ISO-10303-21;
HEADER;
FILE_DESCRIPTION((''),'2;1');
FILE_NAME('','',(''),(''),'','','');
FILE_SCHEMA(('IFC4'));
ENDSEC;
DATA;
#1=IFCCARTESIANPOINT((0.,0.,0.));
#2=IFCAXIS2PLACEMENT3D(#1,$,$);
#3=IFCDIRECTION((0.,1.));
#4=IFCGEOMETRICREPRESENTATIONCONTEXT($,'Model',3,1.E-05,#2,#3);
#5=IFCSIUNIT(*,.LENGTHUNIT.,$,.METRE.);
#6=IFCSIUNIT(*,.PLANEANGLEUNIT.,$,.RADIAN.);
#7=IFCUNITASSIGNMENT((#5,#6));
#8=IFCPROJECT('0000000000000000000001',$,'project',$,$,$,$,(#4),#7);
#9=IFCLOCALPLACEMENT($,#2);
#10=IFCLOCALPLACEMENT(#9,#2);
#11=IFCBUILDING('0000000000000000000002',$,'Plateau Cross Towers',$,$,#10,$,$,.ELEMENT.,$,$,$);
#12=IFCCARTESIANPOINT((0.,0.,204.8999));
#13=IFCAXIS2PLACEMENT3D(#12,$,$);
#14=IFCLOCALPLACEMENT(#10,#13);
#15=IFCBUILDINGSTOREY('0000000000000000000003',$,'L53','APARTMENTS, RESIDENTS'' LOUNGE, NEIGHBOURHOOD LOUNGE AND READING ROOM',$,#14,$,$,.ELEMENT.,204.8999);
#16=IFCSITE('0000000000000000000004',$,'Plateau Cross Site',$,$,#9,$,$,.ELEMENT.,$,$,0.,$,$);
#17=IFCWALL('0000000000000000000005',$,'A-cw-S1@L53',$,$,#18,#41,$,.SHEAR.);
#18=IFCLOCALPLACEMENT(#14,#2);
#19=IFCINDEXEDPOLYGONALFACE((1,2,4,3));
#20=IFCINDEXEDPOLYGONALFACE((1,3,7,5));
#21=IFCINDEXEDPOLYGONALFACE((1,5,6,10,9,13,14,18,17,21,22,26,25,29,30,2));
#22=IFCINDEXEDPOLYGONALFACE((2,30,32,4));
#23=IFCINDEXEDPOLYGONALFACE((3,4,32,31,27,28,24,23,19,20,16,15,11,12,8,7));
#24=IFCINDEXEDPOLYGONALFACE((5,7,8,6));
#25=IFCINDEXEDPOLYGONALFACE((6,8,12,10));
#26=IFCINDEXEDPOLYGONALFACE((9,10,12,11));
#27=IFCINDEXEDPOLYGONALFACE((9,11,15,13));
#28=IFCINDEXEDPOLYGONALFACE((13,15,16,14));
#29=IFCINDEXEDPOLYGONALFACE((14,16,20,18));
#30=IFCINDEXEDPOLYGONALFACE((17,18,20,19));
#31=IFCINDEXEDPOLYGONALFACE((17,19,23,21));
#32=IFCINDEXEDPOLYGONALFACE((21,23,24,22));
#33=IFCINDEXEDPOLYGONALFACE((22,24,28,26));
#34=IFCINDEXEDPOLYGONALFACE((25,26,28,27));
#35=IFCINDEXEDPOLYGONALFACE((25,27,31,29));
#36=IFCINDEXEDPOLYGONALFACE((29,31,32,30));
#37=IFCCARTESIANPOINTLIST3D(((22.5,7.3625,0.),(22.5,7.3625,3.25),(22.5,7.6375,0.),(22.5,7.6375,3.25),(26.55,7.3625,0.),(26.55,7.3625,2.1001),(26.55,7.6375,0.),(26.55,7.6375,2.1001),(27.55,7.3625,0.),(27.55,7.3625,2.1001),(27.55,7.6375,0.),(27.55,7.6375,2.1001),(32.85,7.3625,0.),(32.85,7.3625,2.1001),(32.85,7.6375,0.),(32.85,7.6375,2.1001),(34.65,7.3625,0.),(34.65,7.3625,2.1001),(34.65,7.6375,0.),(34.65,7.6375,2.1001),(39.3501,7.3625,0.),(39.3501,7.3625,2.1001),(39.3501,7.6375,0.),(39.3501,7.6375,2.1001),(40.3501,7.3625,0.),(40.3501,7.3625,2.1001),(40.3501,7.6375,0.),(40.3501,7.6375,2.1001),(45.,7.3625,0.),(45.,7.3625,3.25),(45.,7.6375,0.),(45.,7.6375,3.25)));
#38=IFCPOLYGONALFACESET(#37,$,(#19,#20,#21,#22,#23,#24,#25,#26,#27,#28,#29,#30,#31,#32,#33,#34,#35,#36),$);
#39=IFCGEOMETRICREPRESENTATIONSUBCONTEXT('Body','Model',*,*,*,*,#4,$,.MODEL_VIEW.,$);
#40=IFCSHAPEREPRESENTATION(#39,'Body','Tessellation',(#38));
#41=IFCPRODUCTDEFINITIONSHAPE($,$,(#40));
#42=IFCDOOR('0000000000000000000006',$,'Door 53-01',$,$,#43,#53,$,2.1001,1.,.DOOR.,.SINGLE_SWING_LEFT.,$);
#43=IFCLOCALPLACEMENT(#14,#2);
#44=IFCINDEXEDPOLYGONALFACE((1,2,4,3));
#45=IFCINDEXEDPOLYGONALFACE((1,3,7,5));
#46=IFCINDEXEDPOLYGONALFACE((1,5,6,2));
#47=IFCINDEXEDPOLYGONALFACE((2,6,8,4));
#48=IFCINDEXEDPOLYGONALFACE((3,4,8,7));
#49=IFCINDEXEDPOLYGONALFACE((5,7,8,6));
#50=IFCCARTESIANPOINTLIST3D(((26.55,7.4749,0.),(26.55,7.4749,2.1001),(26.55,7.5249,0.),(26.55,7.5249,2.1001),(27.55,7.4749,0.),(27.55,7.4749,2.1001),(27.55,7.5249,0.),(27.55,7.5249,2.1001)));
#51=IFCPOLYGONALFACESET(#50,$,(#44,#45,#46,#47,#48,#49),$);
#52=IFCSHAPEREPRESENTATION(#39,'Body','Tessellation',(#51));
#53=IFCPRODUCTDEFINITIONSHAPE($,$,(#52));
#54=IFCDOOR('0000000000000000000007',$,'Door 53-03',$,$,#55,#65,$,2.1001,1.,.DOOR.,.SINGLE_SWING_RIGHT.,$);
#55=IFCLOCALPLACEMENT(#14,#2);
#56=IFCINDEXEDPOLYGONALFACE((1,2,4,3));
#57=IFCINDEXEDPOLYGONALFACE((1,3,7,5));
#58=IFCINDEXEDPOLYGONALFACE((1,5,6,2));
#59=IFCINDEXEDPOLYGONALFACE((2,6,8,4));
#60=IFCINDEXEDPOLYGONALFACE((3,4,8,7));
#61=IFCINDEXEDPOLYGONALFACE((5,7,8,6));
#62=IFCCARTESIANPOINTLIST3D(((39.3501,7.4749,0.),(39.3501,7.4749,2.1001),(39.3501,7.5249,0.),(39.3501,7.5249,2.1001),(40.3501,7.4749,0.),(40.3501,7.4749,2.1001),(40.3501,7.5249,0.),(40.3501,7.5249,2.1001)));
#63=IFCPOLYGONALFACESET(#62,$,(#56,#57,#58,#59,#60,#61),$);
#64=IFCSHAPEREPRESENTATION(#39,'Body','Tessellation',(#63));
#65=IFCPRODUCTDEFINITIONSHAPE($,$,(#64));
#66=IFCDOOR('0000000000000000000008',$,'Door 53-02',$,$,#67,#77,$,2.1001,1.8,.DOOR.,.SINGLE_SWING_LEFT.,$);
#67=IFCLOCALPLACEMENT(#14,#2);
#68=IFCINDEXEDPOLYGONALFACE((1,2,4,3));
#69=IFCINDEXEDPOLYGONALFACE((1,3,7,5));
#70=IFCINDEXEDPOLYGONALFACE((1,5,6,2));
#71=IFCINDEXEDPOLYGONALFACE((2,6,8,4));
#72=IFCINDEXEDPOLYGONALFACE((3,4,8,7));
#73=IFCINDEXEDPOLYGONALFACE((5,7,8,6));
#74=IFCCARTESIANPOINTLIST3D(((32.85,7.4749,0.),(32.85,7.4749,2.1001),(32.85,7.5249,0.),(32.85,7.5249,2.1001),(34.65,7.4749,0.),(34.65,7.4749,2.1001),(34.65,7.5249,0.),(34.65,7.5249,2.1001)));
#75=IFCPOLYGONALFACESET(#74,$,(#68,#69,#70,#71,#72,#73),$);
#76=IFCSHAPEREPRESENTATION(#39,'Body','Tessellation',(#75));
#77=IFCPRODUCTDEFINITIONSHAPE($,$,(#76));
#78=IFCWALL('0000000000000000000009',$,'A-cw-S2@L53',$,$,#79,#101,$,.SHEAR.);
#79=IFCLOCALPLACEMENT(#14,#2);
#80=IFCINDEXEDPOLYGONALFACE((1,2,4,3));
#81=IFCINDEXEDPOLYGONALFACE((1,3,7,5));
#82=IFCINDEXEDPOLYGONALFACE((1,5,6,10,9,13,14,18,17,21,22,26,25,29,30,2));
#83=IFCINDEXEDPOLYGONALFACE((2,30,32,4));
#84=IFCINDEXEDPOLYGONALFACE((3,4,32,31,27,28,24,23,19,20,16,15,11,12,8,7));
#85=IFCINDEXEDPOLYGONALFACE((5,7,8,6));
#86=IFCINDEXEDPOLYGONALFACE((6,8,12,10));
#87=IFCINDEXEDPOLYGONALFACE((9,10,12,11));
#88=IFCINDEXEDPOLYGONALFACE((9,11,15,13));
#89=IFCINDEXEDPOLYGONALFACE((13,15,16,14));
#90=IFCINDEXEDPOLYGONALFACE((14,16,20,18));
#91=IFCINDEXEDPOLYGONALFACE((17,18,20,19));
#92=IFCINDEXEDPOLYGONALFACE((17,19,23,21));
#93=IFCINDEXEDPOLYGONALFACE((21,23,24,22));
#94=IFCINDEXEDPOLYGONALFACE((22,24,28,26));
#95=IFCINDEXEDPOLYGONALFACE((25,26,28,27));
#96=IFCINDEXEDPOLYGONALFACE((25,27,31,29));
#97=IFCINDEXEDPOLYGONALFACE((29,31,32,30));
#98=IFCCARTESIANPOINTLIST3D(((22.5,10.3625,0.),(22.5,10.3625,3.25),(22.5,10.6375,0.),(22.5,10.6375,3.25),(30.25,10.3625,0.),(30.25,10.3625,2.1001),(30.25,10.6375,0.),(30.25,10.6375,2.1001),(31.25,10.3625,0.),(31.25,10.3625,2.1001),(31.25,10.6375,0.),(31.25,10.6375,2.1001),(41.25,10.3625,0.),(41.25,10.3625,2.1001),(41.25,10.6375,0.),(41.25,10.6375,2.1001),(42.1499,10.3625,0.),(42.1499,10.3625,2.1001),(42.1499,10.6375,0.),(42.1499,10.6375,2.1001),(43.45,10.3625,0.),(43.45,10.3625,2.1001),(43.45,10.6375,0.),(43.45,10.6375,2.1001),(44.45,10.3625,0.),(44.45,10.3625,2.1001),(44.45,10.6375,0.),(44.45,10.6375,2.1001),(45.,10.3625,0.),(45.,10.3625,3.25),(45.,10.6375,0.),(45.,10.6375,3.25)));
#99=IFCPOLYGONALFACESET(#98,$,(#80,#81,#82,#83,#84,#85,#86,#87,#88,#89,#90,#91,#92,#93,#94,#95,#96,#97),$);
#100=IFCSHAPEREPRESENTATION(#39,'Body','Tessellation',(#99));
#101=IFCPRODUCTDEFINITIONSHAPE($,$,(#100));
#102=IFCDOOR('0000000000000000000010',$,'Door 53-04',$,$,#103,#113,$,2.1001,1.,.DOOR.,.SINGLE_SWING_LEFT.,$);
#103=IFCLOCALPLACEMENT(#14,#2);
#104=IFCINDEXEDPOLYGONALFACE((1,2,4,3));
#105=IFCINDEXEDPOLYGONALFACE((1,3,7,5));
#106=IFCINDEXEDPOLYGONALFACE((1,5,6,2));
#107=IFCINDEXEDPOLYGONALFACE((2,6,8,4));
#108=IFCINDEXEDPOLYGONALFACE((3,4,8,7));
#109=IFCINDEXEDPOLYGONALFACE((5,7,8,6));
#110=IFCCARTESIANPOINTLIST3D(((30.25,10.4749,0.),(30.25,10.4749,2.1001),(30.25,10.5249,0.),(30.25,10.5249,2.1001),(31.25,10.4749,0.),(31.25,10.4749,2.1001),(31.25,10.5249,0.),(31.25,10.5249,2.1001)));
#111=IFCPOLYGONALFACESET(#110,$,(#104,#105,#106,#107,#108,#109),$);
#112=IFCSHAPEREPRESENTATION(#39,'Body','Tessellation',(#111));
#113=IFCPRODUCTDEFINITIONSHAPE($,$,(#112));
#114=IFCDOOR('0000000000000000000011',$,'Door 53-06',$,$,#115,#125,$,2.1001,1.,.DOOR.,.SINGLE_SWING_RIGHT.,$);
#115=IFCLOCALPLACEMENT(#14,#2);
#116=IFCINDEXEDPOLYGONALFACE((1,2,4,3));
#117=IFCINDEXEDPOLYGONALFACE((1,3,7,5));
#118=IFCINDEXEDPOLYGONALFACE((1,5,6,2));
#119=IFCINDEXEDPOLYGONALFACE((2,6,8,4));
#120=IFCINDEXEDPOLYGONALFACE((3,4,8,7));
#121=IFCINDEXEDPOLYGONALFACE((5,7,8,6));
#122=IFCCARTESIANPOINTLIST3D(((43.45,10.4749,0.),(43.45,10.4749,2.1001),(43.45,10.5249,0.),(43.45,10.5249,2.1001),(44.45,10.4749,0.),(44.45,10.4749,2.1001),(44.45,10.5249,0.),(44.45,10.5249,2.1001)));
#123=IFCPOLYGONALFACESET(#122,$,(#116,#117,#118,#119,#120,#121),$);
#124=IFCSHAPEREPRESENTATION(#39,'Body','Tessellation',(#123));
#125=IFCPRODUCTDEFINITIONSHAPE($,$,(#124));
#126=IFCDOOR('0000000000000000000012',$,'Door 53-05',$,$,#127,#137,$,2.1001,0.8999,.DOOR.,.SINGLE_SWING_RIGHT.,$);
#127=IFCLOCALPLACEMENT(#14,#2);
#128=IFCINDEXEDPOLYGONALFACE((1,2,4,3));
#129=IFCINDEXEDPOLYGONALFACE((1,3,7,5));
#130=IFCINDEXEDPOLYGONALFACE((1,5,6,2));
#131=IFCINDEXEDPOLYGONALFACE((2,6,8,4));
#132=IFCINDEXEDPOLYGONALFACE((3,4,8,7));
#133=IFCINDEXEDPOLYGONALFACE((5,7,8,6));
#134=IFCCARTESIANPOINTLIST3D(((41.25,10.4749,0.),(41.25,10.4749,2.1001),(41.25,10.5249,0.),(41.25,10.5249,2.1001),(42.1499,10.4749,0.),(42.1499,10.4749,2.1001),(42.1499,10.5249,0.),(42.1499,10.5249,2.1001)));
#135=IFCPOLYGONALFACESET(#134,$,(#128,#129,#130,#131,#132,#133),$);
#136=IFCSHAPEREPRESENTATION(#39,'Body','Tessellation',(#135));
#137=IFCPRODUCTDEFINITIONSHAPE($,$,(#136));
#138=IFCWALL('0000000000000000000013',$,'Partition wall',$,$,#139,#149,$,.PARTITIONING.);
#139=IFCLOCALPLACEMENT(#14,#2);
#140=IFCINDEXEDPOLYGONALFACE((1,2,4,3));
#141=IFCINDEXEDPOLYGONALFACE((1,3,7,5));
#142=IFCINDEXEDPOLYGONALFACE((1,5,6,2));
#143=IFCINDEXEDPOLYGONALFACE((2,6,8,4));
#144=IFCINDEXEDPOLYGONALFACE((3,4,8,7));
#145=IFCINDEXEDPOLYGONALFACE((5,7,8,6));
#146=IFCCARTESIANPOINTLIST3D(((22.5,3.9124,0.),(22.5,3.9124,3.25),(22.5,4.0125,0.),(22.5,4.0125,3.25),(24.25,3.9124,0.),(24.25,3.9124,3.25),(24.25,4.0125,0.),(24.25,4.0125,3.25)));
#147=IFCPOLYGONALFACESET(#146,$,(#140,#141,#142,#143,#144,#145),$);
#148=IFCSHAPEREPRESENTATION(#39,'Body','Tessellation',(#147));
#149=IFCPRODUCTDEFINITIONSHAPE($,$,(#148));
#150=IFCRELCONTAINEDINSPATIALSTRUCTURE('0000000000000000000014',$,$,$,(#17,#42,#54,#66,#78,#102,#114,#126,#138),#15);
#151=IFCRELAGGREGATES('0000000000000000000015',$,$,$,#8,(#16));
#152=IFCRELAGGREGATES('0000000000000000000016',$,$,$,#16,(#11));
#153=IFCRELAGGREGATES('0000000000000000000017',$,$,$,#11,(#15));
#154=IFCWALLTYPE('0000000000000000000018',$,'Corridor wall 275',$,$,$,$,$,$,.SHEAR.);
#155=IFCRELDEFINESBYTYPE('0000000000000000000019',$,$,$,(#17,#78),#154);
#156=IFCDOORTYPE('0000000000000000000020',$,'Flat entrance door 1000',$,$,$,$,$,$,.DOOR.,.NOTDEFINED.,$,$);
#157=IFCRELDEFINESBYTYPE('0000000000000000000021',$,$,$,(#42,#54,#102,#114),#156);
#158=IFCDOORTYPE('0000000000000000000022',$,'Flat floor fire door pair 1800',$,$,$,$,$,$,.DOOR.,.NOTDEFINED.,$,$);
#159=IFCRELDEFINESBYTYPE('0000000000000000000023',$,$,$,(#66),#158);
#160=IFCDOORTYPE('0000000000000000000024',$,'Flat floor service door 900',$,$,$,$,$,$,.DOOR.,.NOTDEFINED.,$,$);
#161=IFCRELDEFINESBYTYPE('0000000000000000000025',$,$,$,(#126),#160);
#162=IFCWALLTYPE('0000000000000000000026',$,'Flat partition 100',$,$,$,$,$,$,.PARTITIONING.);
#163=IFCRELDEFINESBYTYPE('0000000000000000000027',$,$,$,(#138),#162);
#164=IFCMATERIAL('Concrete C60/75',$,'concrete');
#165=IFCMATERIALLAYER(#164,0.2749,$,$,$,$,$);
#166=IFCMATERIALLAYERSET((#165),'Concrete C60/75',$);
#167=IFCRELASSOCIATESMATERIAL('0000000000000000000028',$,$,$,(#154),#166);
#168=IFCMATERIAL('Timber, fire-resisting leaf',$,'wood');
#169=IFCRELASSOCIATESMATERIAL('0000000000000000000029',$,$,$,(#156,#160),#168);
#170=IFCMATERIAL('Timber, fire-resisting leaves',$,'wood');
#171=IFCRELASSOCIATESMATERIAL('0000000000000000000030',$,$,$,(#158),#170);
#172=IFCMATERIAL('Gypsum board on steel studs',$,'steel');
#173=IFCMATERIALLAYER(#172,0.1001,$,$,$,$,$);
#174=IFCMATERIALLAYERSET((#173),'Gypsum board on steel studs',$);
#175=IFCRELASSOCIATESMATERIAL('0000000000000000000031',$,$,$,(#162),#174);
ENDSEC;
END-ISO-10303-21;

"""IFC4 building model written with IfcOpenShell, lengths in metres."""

from ifc_helpers import new_model, si_unit, direction, frame, frame_2d, origin, place, context, subcontext, project, spatial, rectangle, extrude, material, layer, layer_set, type_object, element, fill, save


model = new_model("IFC4")

# Units and contexts
model_context = context("Model", 3, precision=1e-05, world=origin(), true_north=direction((0.0, 1.0)))
body_context = subcontext(model_context, "Body", "Model", "MODEL_VIEW")
ifc_project = project(units=[si_unit("LENGTHUNIT", "METRE"), si_unit("PLANEANGLEUNIT", "RADIAN")], contexts=[model_context])

# Site, building, storey
site_placement = place(None, origin())
site = spatial("IfcSite", under=ifc_project, at=site_placement, Name="Plateau Cross Site", CompositionType="ELEMENT", RefElevation=0.0)
building_placement = place(site_placement, origin())
building = spatial("IfcBuilding", under=site, at=building_placement, Name="Plateau Cross Towers", CompositionType="ELEMENT")
storey_placement = place(building_placement, frame((0.0, 0.0, 204.8999)))
storey = spatial("IfcBuildingStorey", under=building, at=storey_placement, Name="L53", Description="APARTMENTS, RESIDENTS' LOUNGE, NEIGHBOURHOOD LOUNGE AND READING ROOM", CompositionType="ELEMENT", Elevation=204.8999)

# Shared definitions
ifc_material_1 = material(Name="Concrete C60/75", Category="concrete")

# Walls, openings, doors
ifc_layer_1 = layer(ifc_material_1, 0.2749)
ifc_layer_set_1 = layer_set([ifc_layer_1], Name="Concrete C60/75")
wall_type_1 = type_object("IfcWallType", Name="Corridor wall 275", PredefinedType="SHEAR", material=ifc_layer_set_1)
wall_1_placement = place(storey_placement, frame((22.5, 7.5, 0.0), z_axis=(0.0, 0.0, 1.0), x_axis=(1.0, 0.0, 0.0)))
wall_1 = element("IfcWall", 1, at=wall_1_placement, inside=storey, type_object=wall_type_1, Name="A-cw-S1@L53", PredefinedType="SHEAR", context=body_context, shape_type="SweptSolid", body=[
    extrude(rectangle(XDim=22.5, YDim=0.2749, at=frame_2d((11.25, 0.0))), origin(), (0.0, 0.0, 1.0), 3.25),
])
opening_1_placement = place(wall_1_placement, frame((4.05, 0.0, 0.0)))
opening_1 = element("IfcOpeningElement", 2, at=opening_1_placement, cuts=wall_1, PredefinedType="OPENING", context=body_context, shape_type="SweptSolid", body=[
    extrude(rectangle(XDim=1.0, YDim=2.1001, at=frame_2d((0.5, 1.05))), frame((0.0, 0.1475, 0.0), z_axis=(0.0, -1.0, 0.0), x_axis=(1.0, 0.0, 0.0)), (0.0, 0.0, 1.0), 0.2949),
])
opening_2_placement = place(wall_1_placement, frame((10.3501, 0.0, 0.0)))
opening_2 = element("IfcOpeningElement", 3, at=opening_2_placement, cuts=wall_1, PredefinedType="OPENING", context=body_context, shape_type="SweptSolid", body=[
    extrude(rectangle(XDim=1.8, YDim=2.1001, at=frame_2d((0.8999, 1.05))), frame((0.0, 0.1475, 0.0), z_axis=(0.0, -1.0, 0.0), x_axis=(1.0, 0.0, 0.0)), (0.0, 0.0, 1.0), 0.2949),
])
opening_3_placement = place(wall_1_placement, frame((16.8501, 0.0, 0.0)))
opening_3 = element("IfcOpeningElement", 4, at=opening_3_placement, cuts=wall_1, PredefinedType="OPENING", context=body_context, shape_type="SweptSolid", body=[
    extrude(rectangle(XDim=1.0, YDim=2.1001, at=frame_2d((0.5, 1.05))), frame((0.0, 0.1475, 0.0), z_axis=(0.0, -1.0, 0.0), x_axis=(1.0, 0.0, 0.0)), (0.0, 0.0, 1.0), 0.2949),
])
ifc_material_2 = material(Name="Timber, fire-resisting leaf", Category="wood")
door_type_1 = type_object("IfcDoorType", Name="Flat entrance door 1000", OperationType="NOTDEFINED", PredefinedType="DOOR", material=ifc_material_2)
door_1_placement = place(opening_1_placement, origin())
door_1 = element("IfcDoor", 5, at=door_1_placement, inside=storey, type_object=door_type_1, Name="Door 53-01", OperationType="SINGLE_SWING_LEFT", OverallHeight=2.1001, OverallWidth=1.0, PredefinedType="DOOR", context=body_context, shape_type="SweptSolid", body=[
    extrude(rectangle(XDim=1.0, YDim=2.1001, at=frame_2d((0.5, 1.05))), frame((0.0, 0.0249, 0.0), z_axis=(0.0, -1.0, 0.0), x_axis=(1.0, 0.0, 0.0)), (0.0, 0.0, 1.0), 0.05),
])
fill(opening_1, door_1)
door_2_placement = place(opening_3_placement, origin())
door_2 = element("IfcDoor", 6, at=door_2_placement, inside=storey, type_object=door_type_1, Name="Door 53-03", OperationType="SINGLE_SWING_RIGHT", OverallHeight=2.1001, OverallWidth=1.0, PredefinedType="DOOR", context=body_context, shape_type="SweptSolid", body=[
    extrude(rectangle(XDim=1.0, YDim=2.1001, at=frame_2d((0.5, 1.05))), frame((0.0, 0.0249, 0.0), z_axis=(0.0, -1.0, 0.0), x_axis=(1.0, 0.0, 0.0)), (0.0, 0.0, 1.0), 0.05),
])
fill(opening_3, door_2)
ifc_material_3 = material(Name="Timber, fire-resisting leaves", Category="wood")
door_type_2 = type_object("IfcDoorType", Name="Flat floor fire door pair 1800", OperationType="NOTDEFINED", PredefinedType="DOOR", material=ifc_material_3)
door_3_placement = place(opening_2_placement, origin())
door_3 = element("IfcDoor", 7, at=door_3_placement, inside=storey, type_object=door_type_2, Name="Door 53-02", OperationType="SINGLE_SWING_LEFT", OverallHeight=2.1001, OverallWidth=1.8, PredefinedType="DOOR", context=body_context, shape_type="SweptSolid", body=[
    extrude(rectangle(XDim=1.8, YDim=2.1001, at=frame_2d((0.8999, 1.05))), frame((0.0, 0.0249, 0.0), z_axis=(0.0, -1.0, 0.0), x_axis=(1.0, 0.0, 0.0)), (0.0, 0.0, 1.0), 0.05),
])
fill(opening_2, door_3)
wall_2_placement = place(storey_placement, frame((22.5, 10.5, 0.0), z_axis=(0.0, 0.0, 1.0), x_axis=(1.0, 0.0, 0.0)))
wall_2 = element("IfcWall", 8, at=wall_2_placement, inside=storey, type_object=wall_type_1, Name="A-cw-S2@L53", PredefinedType="SHEAR", context=body_context, shape_type="SweptSolid", body=[
    extrude(rectangle(XDim=22.5, YDim=0.2749, at=frame_2d((11.25, 0.0))), origin(), (0.0, 0.0, 1.0), 3.25),
])
opening_4_placement = place(wall_2_placement, frame((7.75, 0.0, 0.0)))
opening_4 = element("IfcOpeningElement", 9, at=opening_4_placement, cuts=wall_2, PredefinedType="OPENING", context=body_context, shape_type="SweptSolid", body=[
    extrude(rectangle(XDim=1.0, YDim=2.1001, at=frame_2d((0.5, 1.05))), frame((0.0, 0.1475, 0.0), z_axis=(0.0, -1.0, 0.0), x_axis=(1.0, 0.0, 0.0)), (0.0, 0.0, 1.0), 0.2949),
])
opening_5_placement = place(wall_2_placement, frame((18.75, 0.0, 0.0)))
opening_5 = element("IfcOpeningElement", 10, at=opening_5_placement, cuts=wall_2, PredefinedType="OPENING", context=body_context, shape_type="SweptSolid", body=[
    extrude(rectangle(XDim=0.8999, YDim=2.1001, at=frame_2d((0.45, 1.05))), frame((0.0, 0.1475, 0.0), z_axis=(0.0, -1.0, 0.0), x_axis=(1.0, 0.0, 0.0)), (0.0, 0.0, 1.0), 0.2949),
])
opening_6_placement = place(wall_2_placement, frame((20.95, 0.0, 0.0)))
opening_6 = element("IfcOpeningElement", 11, at=opening_6_placement, cuts=wall_2, PredefinedType="OPENING", context=body_context, shape_type="SweptSolid", body=[
    extrude(rectangle(XDim=1.0, YDim=2.1001, at=frame_2d((0.5, 1.05))), frame((0.0, 0.1475, 0.0), z_axis=(0.0, -1.0, 0.0), x_axis=(1.0, 0.0, 0.0)), (0.0, 0.0, 1.0), 0.2949),
])
door_4_placement = place(opening_4_placement, origin())
door_4 = element("IfcDoor", 12, at=door_4_placement, inside=storey, type_object=door_type_1, Name="Door 53-04", OperationType="SINGLE_SWING_LEFT", OverallHeight=2.1001, OverallWidth=1.0, PredefinedType="DOOR", context=body_context, shape_type="SweptSolid", body=[
    extrude(rectangle(XDim=1.0, YDim=2.1001, at=frame_2d((0.5, 1.05))), frame((0.0, 0.0249, 0.0), z_axis=(0.0, -1.0, 0.0), x_axis=(1.0, 0.0, 0.0)), (0.0, 0.0, 1.0), 0.05),
])
fill(opening_4, door_4)
door_5_placement = place(opening_6_placement, origin())
door_5 = element("IfcDoor", 13, at=door_5_placement, inside=storey, type_object=door_type_1, Name="Door 53-06", OperationType="SINGLE_SWING_RIGHT", OverallHeight=2.1001, OverallWidth=1.0, PredefinedType="DOOR", context=body_context, shape_type="SweptSolid", body=[
    extrude(rectangle(XDim=1.0, YDim=2.1001, at=frame_2d((0.5, 1.05))), frame((0.0, 0.0249, 0.0), z_axis=(0.0, -1.0, 0.0), x_axis=(1.0, 0.0, 0.0)), (0.0, 0.0, 1.0), 0.05),
])
fill(opening_6, door_5)
door_type_3 = type_object("IfcDoorType", Name="Flat floor service door 900", OperationType="NOTDEFINED", PredefinedType="DOOR", material=ifc_material_2)
door_6_placement = place(opening_5_placement, origin())
door_6 = element("IfcDoor", 14, at=door_6_placement, inside=storey, type_object=door_type_3, Name="Door 53-05", OperationType="SINGLE_SWING_RIGHT", OverallHeight=2.1001, OverallWidth=0.8999, PredefinedType="DOOR", context=body_context, shape_type="SweptSolid", body=[
    extrude(rectangle(XDim=0.8999, YDim=2.1001, at=frame_2d((0.45, 1.05))), frame((0.0, 0.0249, 0.0), z_axis=(0.0, -1.0, 0.0), x_axis=(1.0, 0.0, 0.0)), (0.0, 0.0, 1.0), 0.05),
])
fill(opening_5, door_6)

# Wall
ifc_material_4 = material(Name="Gypsum board on steel studs", Category="steel")
ifc_layer_2 = layer(ifc_material_4, 0.1001)
ifc_layer_set_2 = layer_set([ifc_layer_2], Name="Gypsum board on steel studs")
wall_type_2 = type_object("IfcWallType", Name="Flat partition 100", PredefinedType="PARTITIONING", material=ifc_layer_set_2)
wall_3_placement = place(storey_placement, frame((22.5, 3.9624, 0.0), z_axis=(0.0, 0.0, 1.0), x_axis=(1.0, 0.0, 0.0)))
element("IfcWall", 15, at=wall_3_placement, inside=storey, type_object=wall_type_2, Name="Partition wall", PredefinedType="PARTITIONING", context=body_context, shape_type="SweptSolid", body=[
    extrude(rectangle(XDim=1.75, YDim=0.1001, at=frame_2d((0.875, 0.0))), origin(), (0.0, 0.0, 1.0), 3.25),
])

save(model, "model.ifc")
